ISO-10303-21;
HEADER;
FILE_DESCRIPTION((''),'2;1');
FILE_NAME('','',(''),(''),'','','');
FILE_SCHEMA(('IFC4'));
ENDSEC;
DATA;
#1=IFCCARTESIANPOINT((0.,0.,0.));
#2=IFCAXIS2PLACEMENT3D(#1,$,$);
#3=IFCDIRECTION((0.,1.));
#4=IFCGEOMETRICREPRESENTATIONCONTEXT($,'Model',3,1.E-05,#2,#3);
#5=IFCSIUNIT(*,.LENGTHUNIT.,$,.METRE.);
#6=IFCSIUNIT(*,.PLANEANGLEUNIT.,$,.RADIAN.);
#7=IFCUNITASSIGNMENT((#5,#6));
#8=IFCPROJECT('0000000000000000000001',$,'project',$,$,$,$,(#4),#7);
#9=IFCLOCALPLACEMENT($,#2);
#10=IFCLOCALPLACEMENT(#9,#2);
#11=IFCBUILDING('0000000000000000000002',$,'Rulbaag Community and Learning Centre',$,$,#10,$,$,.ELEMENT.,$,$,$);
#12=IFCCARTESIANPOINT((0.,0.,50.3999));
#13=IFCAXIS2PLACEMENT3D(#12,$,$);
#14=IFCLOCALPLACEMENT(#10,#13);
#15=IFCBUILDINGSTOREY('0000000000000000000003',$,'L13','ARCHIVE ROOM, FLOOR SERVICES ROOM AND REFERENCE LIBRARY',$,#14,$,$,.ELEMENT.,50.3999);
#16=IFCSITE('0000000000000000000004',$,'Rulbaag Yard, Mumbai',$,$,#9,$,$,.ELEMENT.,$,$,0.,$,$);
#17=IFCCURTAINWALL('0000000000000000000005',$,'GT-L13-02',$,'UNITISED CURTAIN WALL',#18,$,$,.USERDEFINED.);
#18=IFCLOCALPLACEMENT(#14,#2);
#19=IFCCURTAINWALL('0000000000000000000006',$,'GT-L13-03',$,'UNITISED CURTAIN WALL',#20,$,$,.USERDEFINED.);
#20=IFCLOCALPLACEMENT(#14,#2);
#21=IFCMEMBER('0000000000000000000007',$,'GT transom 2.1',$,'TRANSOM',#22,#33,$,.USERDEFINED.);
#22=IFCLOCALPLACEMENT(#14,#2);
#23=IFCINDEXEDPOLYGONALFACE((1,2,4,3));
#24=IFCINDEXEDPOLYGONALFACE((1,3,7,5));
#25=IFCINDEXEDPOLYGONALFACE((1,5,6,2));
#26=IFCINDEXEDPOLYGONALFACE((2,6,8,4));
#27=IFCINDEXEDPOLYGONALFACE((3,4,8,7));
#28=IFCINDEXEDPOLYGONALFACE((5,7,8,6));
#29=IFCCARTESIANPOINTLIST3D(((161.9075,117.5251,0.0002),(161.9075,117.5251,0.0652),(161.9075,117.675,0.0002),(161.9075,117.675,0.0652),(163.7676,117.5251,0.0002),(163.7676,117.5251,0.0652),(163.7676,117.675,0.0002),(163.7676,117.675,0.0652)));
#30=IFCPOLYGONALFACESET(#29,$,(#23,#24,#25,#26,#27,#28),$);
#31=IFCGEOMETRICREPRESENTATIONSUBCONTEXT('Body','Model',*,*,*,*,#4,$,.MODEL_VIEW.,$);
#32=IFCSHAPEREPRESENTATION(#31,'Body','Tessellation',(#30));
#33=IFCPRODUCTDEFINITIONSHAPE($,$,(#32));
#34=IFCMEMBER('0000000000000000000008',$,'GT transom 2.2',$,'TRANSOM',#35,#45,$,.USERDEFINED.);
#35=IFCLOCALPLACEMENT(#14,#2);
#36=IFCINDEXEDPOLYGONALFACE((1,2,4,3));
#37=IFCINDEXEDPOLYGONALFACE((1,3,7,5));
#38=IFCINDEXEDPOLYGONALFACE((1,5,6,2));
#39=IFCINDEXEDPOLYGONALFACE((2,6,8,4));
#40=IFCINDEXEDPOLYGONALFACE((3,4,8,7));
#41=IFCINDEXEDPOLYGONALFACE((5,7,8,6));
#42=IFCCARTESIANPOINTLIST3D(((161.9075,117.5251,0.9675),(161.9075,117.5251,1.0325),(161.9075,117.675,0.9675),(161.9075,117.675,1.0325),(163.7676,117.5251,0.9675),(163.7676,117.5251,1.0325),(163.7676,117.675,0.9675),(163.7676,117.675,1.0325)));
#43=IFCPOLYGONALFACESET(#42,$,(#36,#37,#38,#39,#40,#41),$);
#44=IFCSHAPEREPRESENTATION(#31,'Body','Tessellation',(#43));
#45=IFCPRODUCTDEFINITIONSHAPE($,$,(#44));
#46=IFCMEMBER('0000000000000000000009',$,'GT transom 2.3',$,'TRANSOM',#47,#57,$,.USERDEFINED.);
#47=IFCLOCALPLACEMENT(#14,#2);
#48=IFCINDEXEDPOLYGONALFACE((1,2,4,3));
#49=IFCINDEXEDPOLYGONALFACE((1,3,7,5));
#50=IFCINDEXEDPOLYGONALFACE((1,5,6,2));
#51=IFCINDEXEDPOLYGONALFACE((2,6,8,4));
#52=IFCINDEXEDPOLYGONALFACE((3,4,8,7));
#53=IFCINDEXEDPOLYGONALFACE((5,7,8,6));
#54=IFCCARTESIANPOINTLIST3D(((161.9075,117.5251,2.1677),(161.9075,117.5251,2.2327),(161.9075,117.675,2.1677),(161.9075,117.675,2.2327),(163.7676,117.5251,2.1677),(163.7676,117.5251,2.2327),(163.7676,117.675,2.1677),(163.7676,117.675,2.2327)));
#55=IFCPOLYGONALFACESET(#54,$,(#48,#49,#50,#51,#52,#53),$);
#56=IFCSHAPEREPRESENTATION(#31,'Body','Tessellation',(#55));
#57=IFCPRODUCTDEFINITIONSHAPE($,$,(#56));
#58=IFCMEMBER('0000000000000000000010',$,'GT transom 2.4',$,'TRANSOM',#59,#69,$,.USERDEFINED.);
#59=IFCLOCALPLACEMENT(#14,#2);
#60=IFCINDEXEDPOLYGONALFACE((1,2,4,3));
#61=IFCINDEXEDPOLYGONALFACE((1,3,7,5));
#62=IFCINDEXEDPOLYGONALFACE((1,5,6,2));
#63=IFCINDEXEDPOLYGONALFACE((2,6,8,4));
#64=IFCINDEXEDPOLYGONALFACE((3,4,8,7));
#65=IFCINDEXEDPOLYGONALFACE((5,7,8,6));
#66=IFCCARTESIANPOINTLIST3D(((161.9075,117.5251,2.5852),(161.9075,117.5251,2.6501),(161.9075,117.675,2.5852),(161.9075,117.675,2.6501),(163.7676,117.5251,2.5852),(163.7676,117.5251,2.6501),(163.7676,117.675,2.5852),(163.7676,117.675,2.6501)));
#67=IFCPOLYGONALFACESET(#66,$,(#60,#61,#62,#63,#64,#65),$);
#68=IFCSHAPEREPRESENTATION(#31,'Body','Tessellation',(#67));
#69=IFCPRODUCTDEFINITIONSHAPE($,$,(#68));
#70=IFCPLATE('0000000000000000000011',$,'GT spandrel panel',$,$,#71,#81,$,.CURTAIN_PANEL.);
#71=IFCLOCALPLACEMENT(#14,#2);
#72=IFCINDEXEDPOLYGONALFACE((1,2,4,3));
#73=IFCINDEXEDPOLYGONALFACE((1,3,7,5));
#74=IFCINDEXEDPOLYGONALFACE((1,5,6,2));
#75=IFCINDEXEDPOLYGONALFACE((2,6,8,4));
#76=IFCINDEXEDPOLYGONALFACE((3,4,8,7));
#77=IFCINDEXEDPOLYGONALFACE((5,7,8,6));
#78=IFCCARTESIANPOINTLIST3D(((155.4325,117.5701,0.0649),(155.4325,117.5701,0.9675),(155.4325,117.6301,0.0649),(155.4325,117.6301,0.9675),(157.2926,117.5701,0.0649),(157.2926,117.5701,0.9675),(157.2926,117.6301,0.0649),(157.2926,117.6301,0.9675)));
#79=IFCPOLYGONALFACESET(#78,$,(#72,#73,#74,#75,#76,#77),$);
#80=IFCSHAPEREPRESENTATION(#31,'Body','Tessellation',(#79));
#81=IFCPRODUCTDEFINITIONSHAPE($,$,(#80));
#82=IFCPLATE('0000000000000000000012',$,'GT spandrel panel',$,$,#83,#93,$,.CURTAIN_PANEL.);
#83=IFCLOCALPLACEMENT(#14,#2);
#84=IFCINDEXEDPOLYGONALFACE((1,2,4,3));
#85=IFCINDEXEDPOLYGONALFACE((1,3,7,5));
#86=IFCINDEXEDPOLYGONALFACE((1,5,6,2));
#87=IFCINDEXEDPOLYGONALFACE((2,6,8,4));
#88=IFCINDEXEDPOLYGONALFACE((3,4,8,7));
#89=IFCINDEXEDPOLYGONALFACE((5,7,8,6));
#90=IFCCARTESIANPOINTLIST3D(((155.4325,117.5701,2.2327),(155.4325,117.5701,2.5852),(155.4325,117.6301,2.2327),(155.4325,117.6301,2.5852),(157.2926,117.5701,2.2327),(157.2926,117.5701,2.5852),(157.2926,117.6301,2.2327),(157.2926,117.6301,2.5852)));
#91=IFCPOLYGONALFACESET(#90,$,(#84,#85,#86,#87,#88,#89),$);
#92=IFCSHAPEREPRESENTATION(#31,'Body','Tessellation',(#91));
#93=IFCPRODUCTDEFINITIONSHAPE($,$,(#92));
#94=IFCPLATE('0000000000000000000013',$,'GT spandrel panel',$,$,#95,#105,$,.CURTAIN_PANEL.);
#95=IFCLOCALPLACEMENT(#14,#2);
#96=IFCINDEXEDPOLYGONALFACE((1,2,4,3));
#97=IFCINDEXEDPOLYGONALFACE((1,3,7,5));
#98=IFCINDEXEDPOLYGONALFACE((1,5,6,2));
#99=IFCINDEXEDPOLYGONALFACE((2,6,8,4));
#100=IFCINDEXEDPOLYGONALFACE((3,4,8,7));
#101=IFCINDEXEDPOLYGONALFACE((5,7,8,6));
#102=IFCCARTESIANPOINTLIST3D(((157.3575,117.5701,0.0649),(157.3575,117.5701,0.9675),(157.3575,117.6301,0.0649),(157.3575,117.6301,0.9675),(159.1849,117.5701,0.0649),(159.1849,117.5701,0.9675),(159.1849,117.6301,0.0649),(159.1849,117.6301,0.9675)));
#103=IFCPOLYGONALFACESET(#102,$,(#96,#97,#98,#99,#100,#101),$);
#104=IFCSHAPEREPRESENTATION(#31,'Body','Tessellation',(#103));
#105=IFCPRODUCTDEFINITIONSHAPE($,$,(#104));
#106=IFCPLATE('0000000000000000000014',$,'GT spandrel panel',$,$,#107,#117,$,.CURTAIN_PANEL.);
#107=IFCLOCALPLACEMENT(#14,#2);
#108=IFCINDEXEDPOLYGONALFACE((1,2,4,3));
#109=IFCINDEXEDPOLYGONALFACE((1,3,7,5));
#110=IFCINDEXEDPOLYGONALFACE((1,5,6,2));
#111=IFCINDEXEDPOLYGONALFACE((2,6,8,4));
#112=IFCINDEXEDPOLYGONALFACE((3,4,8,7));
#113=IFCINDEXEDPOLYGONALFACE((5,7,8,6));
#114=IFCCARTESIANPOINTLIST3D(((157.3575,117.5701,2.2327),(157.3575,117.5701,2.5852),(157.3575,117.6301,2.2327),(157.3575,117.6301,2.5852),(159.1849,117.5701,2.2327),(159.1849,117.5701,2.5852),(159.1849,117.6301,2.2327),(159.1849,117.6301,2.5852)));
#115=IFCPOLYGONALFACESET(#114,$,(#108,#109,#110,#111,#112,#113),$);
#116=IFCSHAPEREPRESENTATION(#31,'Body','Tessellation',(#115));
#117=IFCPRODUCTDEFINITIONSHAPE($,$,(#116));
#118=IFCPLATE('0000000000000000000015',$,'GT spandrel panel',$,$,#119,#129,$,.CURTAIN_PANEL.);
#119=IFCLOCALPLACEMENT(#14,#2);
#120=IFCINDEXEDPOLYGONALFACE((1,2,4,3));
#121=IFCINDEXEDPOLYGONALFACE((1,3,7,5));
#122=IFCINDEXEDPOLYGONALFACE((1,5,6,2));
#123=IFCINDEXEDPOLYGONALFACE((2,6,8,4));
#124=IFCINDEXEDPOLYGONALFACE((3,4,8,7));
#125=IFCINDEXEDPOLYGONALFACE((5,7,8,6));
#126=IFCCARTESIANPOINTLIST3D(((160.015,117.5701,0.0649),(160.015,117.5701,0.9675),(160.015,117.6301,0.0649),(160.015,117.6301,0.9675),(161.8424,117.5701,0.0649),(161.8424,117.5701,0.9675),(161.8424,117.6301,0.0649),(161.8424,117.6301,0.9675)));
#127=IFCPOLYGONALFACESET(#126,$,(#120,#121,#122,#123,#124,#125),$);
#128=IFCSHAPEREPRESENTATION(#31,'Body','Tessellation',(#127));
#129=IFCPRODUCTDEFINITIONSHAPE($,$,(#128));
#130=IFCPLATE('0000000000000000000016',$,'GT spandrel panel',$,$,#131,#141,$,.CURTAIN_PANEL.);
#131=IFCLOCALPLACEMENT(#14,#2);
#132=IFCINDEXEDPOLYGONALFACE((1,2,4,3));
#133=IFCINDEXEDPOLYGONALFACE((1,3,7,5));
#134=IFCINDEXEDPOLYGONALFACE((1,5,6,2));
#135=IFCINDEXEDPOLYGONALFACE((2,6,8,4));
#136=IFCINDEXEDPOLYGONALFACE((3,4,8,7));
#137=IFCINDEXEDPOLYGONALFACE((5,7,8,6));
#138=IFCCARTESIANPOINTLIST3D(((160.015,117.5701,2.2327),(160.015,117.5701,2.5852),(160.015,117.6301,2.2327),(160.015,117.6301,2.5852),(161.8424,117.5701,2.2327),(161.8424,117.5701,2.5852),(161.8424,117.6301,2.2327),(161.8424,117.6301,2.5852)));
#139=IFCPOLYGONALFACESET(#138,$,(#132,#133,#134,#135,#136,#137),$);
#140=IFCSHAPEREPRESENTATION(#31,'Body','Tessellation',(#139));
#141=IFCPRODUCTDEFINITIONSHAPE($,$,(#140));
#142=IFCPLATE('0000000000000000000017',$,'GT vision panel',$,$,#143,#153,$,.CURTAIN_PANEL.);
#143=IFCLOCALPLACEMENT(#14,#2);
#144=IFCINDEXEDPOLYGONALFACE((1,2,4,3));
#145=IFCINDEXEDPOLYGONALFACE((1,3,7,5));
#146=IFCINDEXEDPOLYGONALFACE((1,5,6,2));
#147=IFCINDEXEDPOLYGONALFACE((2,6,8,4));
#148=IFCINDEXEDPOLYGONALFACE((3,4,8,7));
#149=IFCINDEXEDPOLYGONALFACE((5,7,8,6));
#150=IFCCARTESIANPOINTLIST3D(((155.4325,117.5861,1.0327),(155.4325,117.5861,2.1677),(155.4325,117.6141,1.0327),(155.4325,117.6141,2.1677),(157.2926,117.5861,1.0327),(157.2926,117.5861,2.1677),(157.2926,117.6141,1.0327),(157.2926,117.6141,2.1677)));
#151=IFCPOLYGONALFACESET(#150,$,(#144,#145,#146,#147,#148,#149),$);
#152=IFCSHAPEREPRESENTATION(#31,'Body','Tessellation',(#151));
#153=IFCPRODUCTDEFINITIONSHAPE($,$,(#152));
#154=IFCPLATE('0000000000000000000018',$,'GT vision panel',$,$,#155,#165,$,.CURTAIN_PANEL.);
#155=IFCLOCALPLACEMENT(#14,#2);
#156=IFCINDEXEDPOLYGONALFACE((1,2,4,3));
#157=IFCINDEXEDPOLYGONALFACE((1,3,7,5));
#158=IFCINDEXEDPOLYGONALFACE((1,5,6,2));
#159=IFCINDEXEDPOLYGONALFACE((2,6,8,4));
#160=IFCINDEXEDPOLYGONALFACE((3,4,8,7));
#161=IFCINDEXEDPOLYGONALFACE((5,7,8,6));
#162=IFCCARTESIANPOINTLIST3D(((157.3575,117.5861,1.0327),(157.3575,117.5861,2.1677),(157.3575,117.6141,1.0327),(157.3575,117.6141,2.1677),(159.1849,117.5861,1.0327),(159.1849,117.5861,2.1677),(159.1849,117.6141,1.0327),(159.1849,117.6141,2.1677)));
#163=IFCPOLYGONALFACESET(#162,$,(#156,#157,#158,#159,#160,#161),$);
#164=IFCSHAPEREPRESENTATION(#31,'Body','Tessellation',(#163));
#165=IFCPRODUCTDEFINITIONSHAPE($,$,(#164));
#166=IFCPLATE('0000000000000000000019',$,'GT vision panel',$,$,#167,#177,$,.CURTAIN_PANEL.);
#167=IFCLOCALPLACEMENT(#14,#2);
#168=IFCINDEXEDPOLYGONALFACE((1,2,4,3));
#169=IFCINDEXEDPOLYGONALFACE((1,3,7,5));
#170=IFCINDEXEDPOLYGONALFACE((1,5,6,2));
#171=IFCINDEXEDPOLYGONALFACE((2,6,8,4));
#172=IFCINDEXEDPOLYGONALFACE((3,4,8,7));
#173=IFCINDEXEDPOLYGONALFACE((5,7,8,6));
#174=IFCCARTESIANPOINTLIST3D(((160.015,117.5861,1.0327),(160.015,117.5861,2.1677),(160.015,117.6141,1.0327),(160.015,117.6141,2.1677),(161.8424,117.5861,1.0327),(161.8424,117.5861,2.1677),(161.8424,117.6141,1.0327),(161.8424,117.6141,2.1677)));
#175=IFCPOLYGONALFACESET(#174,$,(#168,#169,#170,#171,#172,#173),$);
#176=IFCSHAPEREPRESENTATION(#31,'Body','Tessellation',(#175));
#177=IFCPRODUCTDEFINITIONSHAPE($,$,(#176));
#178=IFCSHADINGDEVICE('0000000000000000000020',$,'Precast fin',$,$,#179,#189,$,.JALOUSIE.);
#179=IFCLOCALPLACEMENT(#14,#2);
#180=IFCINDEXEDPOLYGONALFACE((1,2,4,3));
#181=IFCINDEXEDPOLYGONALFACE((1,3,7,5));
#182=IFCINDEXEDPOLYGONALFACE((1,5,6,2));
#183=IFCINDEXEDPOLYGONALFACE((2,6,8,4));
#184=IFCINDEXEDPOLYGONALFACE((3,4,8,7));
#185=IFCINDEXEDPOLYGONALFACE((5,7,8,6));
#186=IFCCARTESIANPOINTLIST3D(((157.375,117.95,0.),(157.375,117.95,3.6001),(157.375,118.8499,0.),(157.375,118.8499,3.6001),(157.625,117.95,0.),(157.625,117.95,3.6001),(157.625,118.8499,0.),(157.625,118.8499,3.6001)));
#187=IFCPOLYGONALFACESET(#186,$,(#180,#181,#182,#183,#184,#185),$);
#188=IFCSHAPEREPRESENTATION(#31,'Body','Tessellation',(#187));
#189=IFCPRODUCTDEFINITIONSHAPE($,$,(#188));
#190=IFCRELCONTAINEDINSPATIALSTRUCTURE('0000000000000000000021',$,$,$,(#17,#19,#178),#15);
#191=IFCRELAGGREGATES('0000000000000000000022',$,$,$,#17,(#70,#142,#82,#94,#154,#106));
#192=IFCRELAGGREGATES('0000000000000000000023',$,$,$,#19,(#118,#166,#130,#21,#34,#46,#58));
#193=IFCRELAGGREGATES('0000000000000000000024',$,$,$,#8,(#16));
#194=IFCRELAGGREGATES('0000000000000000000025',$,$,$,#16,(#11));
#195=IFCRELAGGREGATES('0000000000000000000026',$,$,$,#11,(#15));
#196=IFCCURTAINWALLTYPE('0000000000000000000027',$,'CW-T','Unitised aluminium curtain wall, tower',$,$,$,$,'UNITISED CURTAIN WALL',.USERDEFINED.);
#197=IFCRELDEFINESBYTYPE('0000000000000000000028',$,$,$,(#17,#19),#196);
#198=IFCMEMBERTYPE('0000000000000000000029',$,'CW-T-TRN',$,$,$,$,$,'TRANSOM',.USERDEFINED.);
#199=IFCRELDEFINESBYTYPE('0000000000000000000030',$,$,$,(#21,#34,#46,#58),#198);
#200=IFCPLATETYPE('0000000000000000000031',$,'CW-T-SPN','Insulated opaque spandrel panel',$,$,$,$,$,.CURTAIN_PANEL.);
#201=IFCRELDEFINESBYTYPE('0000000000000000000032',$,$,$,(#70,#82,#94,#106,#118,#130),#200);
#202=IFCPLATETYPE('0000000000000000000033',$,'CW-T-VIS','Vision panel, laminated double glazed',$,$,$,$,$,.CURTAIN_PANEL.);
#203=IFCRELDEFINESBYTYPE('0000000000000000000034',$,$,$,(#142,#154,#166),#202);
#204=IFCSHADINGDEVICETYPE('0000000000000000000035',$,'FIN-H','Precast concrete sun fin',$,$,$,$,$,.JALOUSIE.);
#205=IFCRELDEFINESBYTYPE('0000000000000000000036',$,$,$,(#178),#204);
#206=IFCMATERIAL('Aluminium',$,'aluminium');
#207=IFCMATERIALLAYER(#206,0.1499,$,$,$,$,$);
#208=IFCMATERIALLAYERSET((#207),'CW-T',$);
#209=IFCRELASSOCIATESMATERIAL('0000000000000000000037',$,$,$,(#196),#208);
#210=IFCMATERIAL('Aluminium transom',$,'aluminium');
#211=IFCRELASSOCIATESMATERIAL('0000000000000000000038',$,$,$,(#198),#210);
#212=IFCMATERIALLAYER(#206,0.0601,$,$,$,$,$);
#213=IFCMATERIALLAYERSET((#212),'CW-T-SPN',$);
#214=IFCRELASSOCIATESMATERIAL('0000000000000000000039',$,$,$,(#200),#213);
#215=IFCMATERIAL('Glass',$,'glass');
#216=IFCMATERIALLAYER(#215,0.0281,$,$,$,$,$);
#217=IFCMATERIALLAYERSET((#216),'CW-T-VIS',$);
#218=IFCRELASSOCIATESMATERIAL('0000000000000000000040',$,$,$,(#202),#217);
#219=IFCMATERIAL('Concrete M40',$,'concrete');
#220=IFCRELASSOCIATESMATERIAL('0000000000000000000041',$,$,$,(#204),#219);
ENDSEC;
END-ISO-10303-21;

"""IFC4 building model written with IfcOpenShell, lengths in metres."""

from ifc_helpers import new_model, si_unit, direction, frame, origin, origin_2d, place, context, subcontext, project, spatial, rectangle, extrude, material, layer, layer_set, material_profile, profile_set, type_object, element, aggregate, save


model = new_model("IFC4")

# Units and contexts
model_context = context("Model", 3, precision=1e-05, world=origin(), true_north=direction((0.0, 1.0)))
body_context = subcontext(model_context, "Body", "Model", "MODEL_VIEW")
ifc_project = project(units=[si_unit("LENGTHUNIT", "METRE"), si_unit("PLANEANGLEUNIT", "RADIAN")], contexts=[model_context])

# Site, building, storey
site_placement = place(None, origin())
site = spatial("IfcSite", under=ifc_project, at=site_placement, Name="Rulbaag Yard, Mumbai", CompositionType="ELEMENT", RefElevation=0.0)
building_placement = place(site_placement, origin())
building = spatial("IfcBuilding", under=site, at=building_placement, Name="Rulbaag Community and Learning Centre", CompositionType="ELEMENT")
storey_placement = place(building_placement, frame((0.0, 0.0, 50.3999)))
storey = spatial("IfcBuildingStorey", under=building, at=storey_placement, Name="L13", Description="ARCHIVE ROOM, FLOOR SERVICES ROOM AND REFERENCE LIBRARY", CompositionType="ELEMENT", Elevation=50.3999)

# Shared definitions
ifc_material_1 = material(Name="Concrete M40", Category="concrete")

# Curtain walls
ifc_material_2 = material(Name="Aluminium", Category="aluminium")
ifc_layer_1 = layer(ifc_material_2, 0.1499)
ifc_layer_set_1 = layer_set([ifc_layer_1], Name="CW-T")
curtain_wall_type = type_object("IfcCurtainWallType", Name="CW-T", Description="Unitised aluminium curtain wall, tower", ElementType="UNITISED CURTAIN WALL", PredefinedType="USERDEFINED", material=ifc_layer_set_1)
curtain_wall_1_placement = place(storey_placement, origin())
curtain_wall_1 = element("IfcCurtainWall", 1, at=curtain_wall_1_placement, inside=storey, type_object=curtain_wall_type, Name="GT-L13-02", ObjectType="UNITISED CURTAIN WALL", PredefinedType="USERDEFINED")
curtain_wall_2_placement = place(storey_placement, origin())
curtain_wall_2 = element("IfcCurtainWall", 2, at=curtain_wall_2_placement, inside=storey, type_object=curtain_wall_type, Name="GT-L13-03", ObjectType="UNITISED CURTAIN WALL", PredefinedType="USERDEFINED")

# Members
ifc_material_3 = material(Name="Aluminium transom", Category="aluminium")
ifc_material_profile_1 = material_profile(ifc_material_3, rectangle(XDim=0.1499, YDim=0.0649, at=origin_2d()), Name="AL 65x150 T")
ifc_profile_set_1 = profile_set([ifc_material_profile_1], Name="Aluminium transom")
member_type_1 = type_object("IfcMemberType", Name="CW-T-TRN", ElementType="TRANSOM", PredefinedType="USERDEFINED", material=ifc_profile_set_1)
member_1_placement = place(storey_placement, frame((161.9075, 117.6001, 0.0327), z_axis=(1.0, 0.0, 0.0), x_axis=(0.0, 1.0, 0.0)))
member_1 = element("IfcMember", 3, at=member_1_placement, type_object=member_type_1, Name="GT transom 2.1", ObjectType="TRANSOM", PredefinedType="USERDEFINED", context=body_context, shape_type="SweptSolid", body=[
    extrude(rectangle(XDim=0.1499, YDim=0.0649, at=origin_2d()), origin(), (0.0, 0.0, 1.0), 1.8601),
])
member_2_placement = place(storey_placement, frame((161.9075, 117.6001, 1.0), z_axis=(1.0, 0.0, 0.0), x_axis=(0.0, 1.0, 0.0)))
member_2 = element("IfcMember", 4, at=member_2_placement, type_object=member_type_1, Name="GT transom 2.2", ObjectType="TRANSOM", PredefinedType="USERDEFINED", context=body_context, shape_type="SweptSolid", body=[
    extrude(rectangle(XDim=0.1499, YDim=0.0649, at=origin_2d()), origin(), (0.0, 0.0, 1.0), 1.8601),
])
member_3_placement = place(storey_placement, frame((161.9075, 117.6001, 2.2002), z_axis=(1.0, 0.0, 0.0), x_axis=(0.0, 1.0, 0.0)))
member_3 = element("IfcMember", 5, at=member_3_placement, type_object=member_type_1, Name="GT transom 2.3", ObjectType="TRANSOM", PredefinedType="USERDEFINED", context=body_context, shape_type="SweptSolid", body=[
    extrude(rectangle(XDim=0.1499, YDim=0.0649, at=origin_2d()), origin(), (0.0, 0.0, 1.0), 1.8601),
])
member_4_placement = place(storey_placement, frame((161.9075, 117.6001, 2.6177), z_axis=(1.0, 0.0, 0.0), x_axis=(0.0, 1.0, 0.0)))
member_4 = element("IfcMember", 6, at=member_4_placement, type_object=member_type_1, Name="GT transom 2.4", ObjectType="TRANSOM", PredefinedType="USERDEFINED", context=body_context, shape_type="SweptSolid", body=[
    extrude(rectangle(XDim=0.1499, YDim=0.0649, at=origin_2d()), origin(), (0.0, 0.0, 1.0), 1.8601),
])

# Plates
ifc_layer_2 = layer(ifc_material_2, 0.0601)
ifc_layer_set_2 = layer_set([ifc_layer_2], Name="CW-T-SPN")
plate_type_1 = type_object("IfcPlateType", Name="CW-T-SPN", Description="Insulated opaque spandrel panel", PredefinedType="CURTAIN_PANEL", material=ifc_layer_set_2)
plate_1_placement = place(storey_placement, frame((156.3625, 117.6001, 0.0649), z_axis=(0.0, 0.0, 1.0), x_axis=(1.0, 0.0, 0.0)))
plate_1 = element("IfcPlate", 7, at=plate_1_placement, type_object=plate_type_1, Name="GT spandrel panel", PredefinedType="CURTAIN_PANEL", context=body_context, shape_type="SweptSolid", body=[
    extrude(rectangle(XDim=1.8601, YDim=0.0601, at=origin_2d()), origin(), (0.0, 0.0, 1.0), 0.9026),
])
plate_2_placement = place(storey_placement, frame((156.3625, 117.6001, 2.2327), z_axis=(0.0, 0.0, 1.0), x_axis=(1.0, 0.0, 0.0)))
plate_2 = element("IfcPlate", 8, at=plate_2_placement, type_object=plate_type_1, Name="GT spandrel panel", PredefinedType="CURTAIN_PANEL", context=body_context, shape_type="SweptSolid", body=[
    extrude(rectangle(XDim=1.8601, YDim=0.0601, at=origin_2d()), origin(), (0.0, 0.0, 1.0), 0.3525),
])
plate_3_placement = place(storey_placement, frame((158.2712, 117.6001, 0.0649), z_axis=(0.0, 0.0, 1.0), x_axis=(1.0, 0.0, 0.0)))
plate_3 = element("IfcPlate", 9, at=plate_3_placement, type_object=plate_type_1, Name="GT spandrel panel", PredefinedType="CURTAIN_PANEL", context=body_context, shape_type="SweptSolid", body=[
    extrude(rectangle(XDim=1.8274, YDim=0.0601, at=origin_2d()), origin(), (0.0, 0.0, 1.0), 0.9026),
])
plate_4_placement = place(storey_placement, frame((158.2712, 117.6001, 2.2327), z_axis=(0.0, 0.0, 1.0), x_axis=(1.0, 0.0, 0.0)))
plate_4 = element("IfcPlate", 10, at=plate_4_placement, type_object=plate_type_1, Name="GT spandrel panel", PredefinedType="CURTAIN_PANEL", context=body_context, shape_type="SweptSolid", body=[
    extrude(rectangle(XDim=1.8274, YDim=0.0601, at=origin_2d()), origin(), (0.0, 0.0, 1.0), 0.3525),
])
plate_5_placement = place(storey_placement, frame((160.9287, 117.6001, 0.0649), z_axis=(0.0, 0.0, 1.0), x_axis=(1.0, 0.0, 0.0)))
plate_5 = element("IfcPlate", 11, at=plate_5_placement, type_object=plate_type_1, Name="GT spandrel panel", PredefinedType="CURTAIN_PANEL", context=body_context, shape_type="SweptSolid", body=[
    extrude(rectangle(XDim=1.8274, YDim=0.0601, at=origin_2d()), origin(), (0.0, 0.0, 1.0), 0.9026),
])
plate_6_placement = place(storey_placement, frame((160.9287, 117.6001, 2.2327), z_axis=(0.0, 0.0, 1.0), x_axis=(1.0, 0.0, 0.0)))
plate_6 = element("IfcPlate", 12, at=plate_6_placement, type_object=plate_type_1, Name="GT spandrel panel", PredefinedType="CURTAIN_PANEL", context=body_context, shape_type="SweptSolid", body=[
    extrude(rectangle(XDim=1.8274, YDim=0.0601, at=origin_2d()), origin(), (0.0, 0.0, 1.0), 0.3525),
])
ifc_material_4 = material(Name="Glass", Category="glass")
ifc_layer_3 = layer(ifc_material_4, 0.0281)
ifc_layer_set_3 = layer_set([ifc_layer_3], Name="CW-T-VIS")
plate_type_2 = type_object("IfcPlateType", Name="CW-T-VIS", Description="Vision panel, laminated double glazed", PredefinedType="CURTAIN_PANEL", material=ifc_layer_set_3)
plate_7_placement = place(storey_placement, frame((156.3625, 117.6001, 1.0327), z_axis=(0.0, 0.0, 1.0), x_axis=(1.0, 0.0, 0.0)))
plate_7 = element("IfcPlate", 13, at=plate_7_placement, type_object=plate_type_2, Name="GT vision panel", PredefinedType="CURTAIN_PANEL", context=body_context, shape_type="SweptSolid", body=[
    extrude(rectangle(XDim=1.8601, YDim=0.0281, at=origin_2d()), origin(), (0.0, 0.0, 1.0), 1.135),
])
plate_8_placement = place(storey_placement, frame((158.2712, 117.6001, 1.0327), z_axis=(0.0, 0.0, 1.0), x_axis=(1.0, 0.0, 0.0)))
plate_8 = element("IfcPlate", 14, at=plate_8_placement, type_object=plate_type_2, Name="GT vision panel", PredefinedType="CURTAIN_PANEL", context=body_context, shape_type="SweptSolid", body=[
    extrude(rectangle(XDim=1.8274, YDim=0.0281, at=origin_2d()), origin(), (0.0, 0.0, 1.0), 1.135),
])
aggregate(curtain_wall_1, [plate_1, plate_7, plate_2, plate_3, plate_8, plate_4])
plate_9_placement = place(storey_placement, frame((160.9287, 117.6001, 1.0327), z_axis=(0.0, 0.0, 1.0), x_axis=(1.0, 0.0, 0.0)))
plate_9 = element("IfcPlate", 15, at=plate_9_placement, type_object=plate_type_2, Name="GT vision panel", PredefinedType="CURTAIN_PANEL", context=body_context, shape_type="SweptSolid", body=[
    extrude(rectangle(XDim=1.8274, YDim=0.0281, at=origin_2d()), origin(), (0.0, 0.0, 1.0), 1.135),
])
aggregate(curtain_wall_2, [plate_5, plate_9, plate_6, member_1, member_2, member_3, member_4])

# Shading device
ifc_material_profile_2 = material_profile(ifc_material_1, rectangle(XDim=0.25, YDim=0.8999, at=origin_2d()), Name="PC 250x900")
ifc_profile_set_2 = profile_set([ifc_material_profile_2], Name="Concrete M40")
shading_device_type = type_object("IfcShadingDeviceType", Name="FIN-H", Description="Precast concrete sun fin", PredefinedType="JALOUSIE", material=ifc_profile_set_2)
for number, where, z_axis, x_axis, name in (
    (16, (157.5, 118.3999, 0.0), (0.0, 0.0, 1.0), (1.0, 0.0, 0.0), "Precast fin"),
):
    element("IfcShadingDevice", number, at=place(storey_placement, frame(where, z_axis=z_axis, x_axis=x_axis)), inside=storey, type_object=shading_device_type, Name=name, PredefinedType="JALOUSIE", context=body_context, shape_type="SweptSolid", body=[
        extrude(rectangle(XDim=0.25, YDim=0.8999, at=origin_2d()), origin(), (0.0, 0.0, 1.0), 3.6001),
    ])

save(model, "model.ifc")
